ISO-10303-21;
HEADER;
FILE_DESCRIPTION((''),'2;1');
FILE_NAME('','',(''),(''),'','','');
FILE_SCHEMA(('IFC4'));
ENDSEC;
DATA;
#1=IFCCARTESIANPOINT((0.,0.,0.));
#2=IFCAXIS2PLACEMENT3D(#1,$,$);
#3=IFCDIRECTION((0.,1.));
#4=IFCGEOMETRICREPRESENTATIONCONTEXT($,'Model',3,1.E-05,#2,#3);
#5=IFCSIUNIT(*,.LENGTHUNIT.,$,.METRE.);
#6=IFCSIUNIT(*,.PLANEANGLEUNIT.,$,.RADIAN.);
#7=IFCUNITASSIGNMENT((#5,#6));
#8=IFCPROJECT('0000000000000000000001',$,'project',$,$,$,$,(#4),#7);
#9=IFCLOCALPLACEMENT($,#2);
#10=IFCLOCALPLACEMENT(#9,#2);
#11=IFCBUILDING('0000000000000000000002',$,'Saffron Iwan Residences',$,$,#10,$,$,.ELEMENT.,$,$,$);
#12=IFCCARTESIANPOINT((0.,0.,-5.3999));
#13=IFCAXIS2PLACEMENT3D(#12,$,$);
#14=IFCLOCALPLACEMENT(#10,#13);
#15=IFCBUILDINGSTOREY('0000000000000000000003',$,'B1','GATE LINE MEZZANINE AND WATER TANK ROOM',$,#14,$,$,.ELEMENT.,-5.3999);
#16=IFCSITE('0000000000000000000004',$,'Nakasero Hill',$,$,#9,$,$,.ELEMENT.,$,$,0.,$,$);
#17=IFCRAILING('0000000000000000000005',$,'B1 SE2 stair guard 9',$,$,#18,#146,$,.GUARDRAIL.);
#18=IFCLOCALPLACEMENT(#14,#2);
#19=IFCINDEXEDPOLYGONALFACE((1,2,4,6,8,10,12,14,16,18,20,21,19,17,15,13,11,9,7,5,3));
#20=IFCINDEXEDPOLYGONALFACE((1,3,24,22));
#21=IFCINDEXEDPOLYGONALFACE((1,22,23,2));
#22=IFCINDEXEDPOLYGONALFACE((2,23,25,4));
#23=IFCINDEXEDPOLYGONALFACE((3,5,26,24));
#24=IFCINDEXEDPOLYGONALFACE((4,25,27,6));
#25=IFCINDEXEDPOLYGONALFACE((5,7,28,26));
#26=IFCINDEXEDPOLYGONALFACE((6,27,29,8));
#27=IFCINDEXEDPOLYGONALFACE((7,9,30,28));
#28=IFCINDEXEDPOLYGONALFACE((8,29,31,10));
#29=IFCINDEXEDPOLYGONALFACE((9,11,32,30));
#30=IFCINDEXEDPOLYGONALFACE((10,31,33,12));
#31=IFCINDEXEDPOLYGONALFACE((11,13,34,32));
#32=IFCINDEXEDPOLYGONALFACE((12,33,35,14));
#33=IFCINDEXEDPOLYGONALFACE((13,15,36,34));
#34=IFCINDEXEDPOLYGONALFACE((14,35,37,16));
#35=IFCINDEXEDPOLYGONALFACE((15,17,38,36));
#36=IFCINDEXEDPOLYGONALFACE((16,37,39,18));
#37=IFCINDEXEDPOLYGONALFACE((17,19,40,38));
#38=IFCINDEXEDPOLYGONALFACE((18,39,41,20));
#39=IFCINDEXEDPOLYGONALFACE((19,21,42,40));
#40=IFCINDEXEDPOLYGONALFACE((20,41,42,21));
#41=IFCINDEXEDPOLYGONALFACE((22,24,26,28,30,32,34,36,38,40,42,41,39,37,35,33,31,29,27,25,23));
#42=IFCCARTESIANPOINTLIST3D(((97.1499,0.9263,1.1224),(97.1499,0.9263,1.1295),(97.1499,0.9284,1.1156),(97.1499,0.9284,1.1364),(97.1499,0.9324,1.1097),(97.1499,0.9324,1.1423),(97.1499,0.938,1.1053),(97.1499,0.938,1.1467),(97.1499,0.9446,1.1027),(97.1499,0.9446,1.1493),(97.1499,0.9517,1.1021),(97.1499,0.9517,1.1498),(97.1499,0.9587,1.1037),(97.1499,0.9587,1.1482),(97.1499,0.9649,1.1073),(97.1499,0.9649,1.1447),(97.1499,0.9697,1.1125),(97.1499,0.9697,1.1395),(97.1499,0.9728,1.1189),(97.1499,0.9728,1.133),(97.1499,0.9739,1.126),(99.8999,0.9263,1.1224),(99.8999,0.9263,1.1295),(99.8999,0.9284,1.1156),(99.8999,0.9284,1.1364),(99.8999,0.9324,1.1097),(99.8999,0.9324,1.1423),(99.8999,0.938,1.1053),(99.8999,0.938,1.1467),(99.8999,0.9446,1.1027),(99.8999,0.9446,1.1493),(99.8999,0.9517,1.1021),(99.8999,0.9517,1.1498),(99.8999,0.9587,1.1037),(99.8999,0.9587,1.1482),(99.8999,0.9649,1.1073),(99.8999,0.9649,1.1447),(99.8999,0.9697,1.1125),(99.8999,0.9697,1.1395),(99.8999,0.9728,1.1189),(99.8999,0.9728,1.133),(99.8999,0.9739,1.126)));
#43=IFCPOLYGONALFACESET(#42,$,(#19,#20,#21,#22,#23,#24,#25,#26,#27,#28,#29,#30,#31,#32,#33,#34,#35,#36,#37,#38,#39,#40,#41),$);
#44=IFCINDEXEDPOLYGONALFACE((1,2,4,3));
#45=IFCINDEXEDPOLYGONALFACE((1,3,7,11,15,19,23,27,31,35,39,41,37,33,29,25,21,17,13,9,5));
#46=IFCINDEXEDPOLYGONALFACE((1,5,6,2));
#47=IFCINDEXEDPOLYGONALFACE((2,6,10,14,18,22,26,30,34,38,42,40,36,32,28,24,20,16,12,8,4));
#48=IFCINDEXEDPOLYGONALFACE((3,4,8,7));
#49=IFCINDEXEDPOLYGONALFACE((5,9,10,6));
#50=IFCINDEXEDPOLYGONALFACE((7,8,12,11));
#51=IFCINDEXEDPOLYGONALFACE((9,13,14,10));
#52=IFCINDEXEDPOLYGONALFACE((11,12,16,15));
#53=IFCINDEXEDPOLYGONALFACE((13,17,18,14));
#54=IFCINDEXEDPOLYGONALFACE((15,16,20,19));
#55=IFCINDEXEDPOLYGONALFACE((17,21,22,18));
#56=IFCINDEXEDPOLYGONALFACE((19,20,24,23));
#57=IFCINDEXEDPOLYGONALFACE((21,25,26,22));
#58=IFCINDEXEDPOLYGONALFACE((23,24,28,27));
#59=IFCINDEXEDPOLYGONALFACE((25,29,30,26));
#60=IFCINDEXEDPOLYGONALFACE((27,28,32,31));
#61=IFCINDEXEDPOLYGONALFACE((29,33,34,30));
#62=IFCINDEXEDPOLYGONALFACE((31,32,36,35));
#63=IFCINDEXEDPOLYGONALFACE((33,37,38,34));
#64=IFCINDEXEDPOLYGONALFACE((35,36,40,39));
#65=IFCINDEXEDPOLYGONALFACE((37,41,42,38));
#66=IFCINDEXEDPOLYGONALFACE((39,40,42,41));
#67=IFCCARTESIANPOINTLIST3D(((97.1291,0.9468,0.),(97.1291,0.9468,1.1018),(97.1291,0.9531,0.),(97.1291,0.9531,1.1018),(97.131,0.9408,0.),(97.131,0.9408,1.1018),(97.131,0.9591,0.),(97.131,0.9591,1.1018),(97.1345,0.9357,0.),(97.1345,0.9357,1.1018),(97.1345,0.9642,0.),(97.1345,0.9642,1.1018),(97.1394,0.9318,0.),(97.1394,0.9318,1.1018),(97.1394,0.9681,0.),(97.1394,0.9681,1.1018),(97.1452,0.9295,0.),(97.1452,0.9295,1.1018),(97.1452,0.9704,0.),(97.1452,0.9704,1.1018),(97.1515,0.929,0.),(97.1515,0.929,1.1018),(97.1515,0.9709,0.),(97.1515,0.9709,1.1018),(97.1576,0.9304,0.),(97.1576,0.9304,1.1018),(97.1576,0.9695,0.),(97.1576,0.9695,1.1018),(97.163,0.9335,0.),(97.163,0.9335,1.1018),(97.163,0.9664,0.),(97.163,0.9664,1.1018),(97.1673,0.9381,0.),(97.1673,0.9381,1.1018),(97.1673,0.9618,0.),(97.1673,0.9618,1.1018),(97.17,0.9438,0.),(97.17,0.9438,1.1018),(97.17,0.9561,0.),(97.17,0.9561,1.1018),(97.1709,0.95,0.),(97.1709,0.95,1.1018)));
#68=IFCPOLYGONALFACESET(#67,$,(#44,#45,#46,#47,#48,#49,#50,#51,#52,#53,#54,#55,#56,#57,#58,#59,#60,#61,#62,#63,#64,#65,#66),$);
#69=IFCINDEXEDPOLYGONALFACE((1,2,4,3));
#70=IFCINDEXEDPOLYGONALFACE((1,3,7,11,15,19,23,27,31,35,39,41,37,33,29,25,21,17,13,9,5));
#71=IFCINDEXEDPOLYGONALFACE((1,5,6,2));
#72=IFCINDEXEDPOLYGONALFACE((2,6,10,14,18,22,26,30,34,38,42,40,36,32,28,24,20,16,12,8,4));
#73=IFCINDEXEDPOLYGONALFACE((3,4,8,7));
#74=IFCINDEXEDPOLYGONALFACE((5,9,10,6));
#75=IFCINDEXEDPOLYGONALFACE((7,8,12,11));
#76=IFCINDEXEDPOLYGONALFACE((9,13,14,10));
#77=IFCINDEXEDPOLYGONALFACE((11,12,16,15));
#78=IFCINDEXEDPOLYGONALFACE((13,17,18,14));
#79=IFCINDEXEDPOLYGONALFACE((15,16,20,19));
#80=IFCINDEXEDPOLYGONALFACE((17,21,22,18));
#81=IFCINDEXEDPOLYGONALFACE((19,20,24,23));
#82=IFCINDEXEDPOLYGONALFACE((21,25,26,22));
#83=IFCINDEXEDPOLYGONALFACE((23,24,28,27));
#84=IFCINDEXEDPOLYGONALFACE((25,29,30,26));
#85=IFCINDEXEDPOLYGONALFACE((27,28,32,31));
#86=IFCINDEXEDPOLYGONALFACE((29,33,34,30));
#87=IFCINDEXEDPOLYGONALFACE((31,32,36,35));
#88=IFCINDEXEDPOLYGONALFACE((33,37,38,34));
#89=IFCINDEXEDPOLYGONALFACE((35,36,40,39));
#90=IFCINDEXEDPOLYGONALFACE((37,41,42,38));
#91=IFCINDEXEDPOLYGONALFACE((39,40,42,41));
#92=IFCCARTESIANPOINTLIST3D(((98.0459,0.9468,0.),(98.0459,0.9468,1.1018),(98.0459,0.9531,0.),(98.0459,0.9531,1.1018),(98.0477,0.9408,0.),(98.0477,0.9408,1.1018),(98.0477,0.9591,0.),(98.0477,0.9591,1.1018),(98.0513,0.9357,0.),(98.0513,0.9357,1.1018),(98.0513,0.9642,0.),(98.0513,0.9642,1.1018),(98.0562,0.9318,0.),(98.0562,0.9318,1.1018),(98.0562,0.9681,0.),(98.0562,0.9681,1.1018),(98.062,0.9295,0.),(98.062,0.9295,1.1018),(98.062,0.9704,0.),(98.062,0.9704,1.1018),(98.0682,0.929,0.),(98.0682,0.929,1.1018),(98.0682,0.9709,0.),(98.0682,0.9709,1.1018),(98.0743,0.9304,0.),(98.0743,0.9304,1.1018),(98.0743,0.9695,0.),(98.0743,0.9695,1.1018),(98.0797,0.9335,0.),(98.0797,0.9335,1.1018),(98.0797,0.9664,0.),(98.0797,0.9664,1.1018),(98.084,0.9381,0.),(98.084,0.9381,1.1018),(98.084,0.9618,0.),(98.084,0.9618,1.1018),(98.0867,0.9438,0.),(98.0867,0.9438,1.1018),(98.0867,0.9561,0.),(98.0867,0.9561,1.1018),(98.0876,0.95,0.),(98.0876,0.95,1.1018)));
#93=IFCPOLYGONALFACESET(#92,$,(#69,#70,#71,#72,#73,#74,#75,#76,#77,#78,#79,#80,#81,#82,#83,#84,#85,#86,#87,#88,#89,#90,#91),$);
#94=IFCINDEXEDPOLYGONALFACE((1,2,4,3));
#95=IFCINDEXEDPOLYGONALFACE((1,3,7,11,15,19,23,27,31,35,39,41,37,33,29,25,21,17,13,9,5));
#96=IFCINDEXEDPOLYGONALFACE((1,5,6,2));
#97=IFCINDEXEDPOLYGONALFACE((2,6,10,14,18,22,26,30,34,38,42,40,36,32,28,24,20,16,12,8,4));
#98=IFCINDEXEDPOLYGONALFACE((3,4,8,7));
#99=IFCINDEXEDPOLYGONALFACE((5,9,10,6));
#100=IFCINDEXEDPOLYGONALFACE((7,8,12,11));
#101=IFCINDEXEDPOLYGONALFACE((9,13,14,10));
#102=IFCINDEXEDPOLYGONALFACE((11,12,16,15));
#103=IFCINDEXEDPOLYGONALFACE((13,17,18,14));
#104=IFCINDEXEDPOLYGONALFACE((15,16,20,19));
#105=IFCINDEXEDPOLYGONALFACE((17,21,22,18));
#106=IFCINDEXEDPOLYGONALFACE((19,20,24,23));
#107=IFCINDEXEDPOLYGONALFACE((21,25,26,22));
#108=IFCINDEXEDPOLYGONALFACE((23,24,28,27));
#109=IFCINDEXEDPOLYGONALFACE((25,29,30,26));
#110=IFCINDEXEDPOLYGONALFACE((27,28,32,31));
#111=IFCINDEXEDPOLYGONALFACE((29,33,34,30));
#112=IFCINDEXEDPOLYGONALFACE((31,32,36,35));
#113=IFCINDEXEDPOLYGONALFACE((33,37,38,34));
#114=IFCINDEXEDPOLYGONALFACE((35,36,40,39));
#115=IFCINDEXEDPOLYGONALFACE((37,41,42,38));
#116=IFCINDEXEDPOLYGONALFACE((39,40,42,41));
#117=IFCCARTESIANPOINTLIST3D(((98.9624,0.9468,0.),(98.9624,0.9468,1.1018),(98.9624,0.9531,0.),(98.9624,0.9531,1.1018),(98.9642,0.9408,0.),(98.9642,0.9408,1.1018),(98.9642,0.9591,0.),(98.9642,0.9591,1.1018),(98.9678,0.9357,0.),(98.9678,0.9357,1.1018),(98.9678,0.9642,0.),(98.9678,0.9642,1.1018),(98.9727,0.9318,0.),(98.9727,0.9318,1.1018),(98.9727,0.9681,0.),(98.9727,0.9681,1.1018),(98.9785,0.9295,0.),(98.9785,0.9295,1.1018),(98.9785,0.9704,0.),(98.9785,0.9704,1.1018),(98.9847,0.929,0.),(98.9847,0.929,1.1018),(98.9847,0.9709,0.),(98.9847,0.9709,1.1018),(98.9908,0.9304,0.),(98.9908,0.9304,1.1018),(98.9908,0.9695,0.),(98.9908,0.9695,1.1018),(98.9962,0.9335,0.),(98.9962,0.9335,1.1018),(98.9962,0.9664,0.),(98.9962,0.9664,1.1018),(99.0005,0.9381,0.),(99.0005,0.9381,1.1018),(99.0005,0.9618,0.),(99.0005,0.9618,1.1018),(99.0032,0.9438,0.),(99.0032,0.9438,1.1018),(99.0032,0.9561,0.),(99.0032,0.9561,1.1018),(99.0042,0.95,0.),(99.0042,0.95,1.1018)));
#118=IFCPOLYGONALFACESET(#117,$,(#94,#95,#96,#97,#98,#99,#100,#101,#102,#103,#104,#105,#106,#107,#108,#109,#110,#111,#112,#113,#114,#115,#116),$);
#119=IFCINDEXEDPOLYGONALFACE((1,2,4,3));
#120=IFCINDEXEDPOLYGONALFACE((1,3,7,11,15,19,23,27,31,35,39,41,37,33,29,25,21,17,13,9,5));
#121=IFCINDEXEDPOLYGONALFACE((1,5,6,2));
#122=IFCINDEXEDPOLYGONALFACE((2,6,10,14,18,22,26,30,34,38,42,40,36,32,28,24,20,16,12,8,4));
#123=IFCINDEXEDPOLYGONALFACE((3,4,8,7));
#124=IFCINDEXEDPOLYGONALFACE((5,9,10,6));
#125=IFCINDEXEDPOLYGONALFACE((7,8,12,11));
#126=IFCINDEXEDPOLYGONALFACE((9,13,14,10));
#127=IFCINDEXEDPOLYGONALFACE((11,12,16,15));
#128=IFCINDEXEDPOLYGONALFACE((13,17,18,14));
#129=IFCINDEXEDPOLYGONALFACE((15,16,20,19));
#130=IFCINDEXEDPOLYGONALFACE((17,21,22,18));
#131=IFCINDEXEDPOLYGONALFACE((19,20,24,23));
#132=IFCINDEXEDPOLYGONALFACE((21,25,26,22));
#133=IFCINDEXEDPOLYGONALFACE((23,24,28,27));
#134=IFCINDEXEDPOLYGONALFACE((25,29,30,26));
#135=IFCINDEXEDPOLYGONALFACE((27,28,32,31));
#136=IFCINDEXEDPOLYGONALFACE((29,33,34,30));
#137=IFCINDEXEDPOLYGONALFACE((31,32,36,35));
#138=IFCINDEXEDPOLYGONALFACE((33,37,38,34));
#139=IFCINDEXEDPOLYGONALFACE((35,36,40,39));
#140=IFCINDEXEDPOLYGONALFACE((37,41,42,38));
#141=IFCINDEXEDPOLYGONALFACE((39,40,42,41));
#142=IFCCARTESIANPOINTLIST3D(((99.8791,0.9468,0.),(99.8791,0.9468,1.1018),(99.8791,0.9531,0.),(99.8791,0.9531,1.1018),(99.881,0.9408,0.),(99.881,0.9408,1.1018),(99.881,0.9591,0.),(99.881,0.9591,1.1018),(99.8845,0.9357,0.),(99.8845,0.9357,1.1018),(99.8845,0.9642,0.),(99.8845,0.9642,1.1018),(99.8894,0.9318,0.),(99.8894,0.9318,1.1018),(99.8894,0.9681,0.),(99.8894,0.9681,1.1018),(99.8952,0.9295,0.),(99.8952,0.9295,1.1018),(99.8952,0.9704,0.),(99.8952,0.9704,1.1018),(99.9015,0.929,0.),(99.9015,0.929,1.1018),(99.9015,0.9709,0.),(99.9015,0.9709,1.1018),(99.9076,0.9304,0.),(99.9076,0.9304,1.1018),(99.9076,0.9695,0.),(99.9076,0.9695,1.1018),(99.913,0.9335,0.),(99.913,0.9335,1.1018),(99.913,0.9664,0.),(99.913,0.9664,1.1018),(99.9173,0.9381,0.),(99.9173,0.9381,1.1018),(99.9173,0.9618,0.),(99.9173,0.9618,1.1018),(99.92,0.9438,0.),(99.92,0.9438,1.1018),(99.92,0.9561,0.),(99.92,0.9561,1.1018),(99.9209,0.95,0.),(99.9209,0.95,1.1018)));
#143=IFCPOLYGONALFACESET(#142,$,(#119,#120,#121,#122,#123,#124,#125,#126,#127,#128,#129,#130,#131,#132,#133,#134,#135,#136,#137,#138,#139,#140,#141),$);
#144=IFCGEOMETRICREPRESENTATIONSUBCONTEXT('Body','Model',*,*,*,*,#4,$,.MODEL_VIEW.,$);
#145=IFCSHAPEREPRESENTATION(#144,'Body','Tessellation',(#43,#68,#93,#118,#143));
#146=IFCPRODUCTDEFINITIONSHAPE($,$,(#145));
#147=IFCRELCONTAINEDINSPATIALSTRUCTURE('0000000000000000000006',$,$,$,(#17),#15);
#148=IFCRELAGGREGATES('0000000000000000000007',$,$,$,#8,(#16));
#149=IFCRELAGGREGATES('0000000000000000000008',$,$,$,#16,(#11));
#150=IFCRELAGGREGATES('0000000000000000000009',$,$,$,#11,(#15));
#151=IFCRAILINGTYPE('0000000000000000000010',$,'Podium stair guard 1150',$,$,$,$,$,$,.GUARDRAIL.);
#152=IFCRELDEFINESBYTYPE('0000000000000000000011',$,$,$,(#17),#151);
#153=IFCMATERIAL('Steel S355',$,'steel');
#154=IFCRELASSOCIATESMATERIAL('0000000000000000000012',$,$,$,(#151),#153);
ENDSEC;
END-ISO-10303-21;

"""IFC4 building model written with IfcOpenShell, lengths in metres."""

from ifc_helpers import new_model, si_unit, direction, frame, origin, origin_2d, place, context, subcontext, project, spatial, circle, extrude, material, type_object, element, save


model = new_model("IFC4")

# Units and contexts
model_context = context("Model", 3, precision=1e-05, world=origin(), true_north=direction((0.0, 1.0)))
body_context = subcontext(model_context, "Body", "Model", "MODEL_VIEW")
ifc_project = project(units=[si_unit("LENGTHUNIT", "METRE"), si_unit("PLANEANGLEUNIT", "RADIAN")], contexts=[model_context])

# Site, building, storey
site_placement = place(None, origin())
site = spatial("IfcSite", under=ifc_project, at=site_placement, Name="Nakasero Hill", CompositionType="ELEMENT", RefElevation=0.0)
building_placement = place(site_placement, origin())
building = spatial("IfcBuilding", under=site, at=building_placement, Name="Saffron Iwan Residences", CompositionType="ELEMENT")
storey_placement = place(building_placement, frame((0.0, 0.0, -5.3999)))
storey = spatial("IfcBuildingStorey", under=building, at=storey_placement, Name="B1", Description="GATE LINE MEZZANINE AND WATER TANK ROOM", CompositionType="ELEMENT", Elevation=-5.3999)

# Railing
ifc_material_1 = material(Name="Steel S355", Category="steel")
railing_type_1 = type_object("IfcRailingType", Name="Podium stair guard 1150", PredefinedType="GUARDRAIL", material=ifc_material_1)
railing_1_placement = place(storey_placement, frame((97.1499, 0.95, 0.0)))
element("IfcRailing", 1, at=railing_1_placement, inside=storey, type_object=railing_type_1, Name="B1 SE2 stair guard 9", PredefinedType="GUARDRAIL", context=body_context, shape_type="SweptSolid", body=[
    extrude(circle(Radius=0.0239, at=origin_2d()), frame((0.0, 0.0, 1.126), z_axis=(1.0, 0.0, 0.0), x_axis=(0.0, 1.0, 0.0)), (0.0, 0.0, 1.0), 2.75),
    extrude(circle(Radius=0.021, at=origin_2d()), origin(), (0.0, 0.0, 1.0), 1.1018),
    extrude(circle(Radius=0.021, at=origin_2d()), frame((0.9167, 0.0, 0.0)), (0.0, 0.0, 1.0), 1.1018),
    extrude(circle(Radius=0.021, at=origin_2d()), frame((1.8333, 0.0, 0.0)), (0.0, 0.0, 1.0), 1.1018),
    extrude(circle(Radius=0.021, at=origin_2d()), frame((2.75, 0.0, 0.0)), (0.0, 0.0, 1.0), 1.1018),
])

save(model, "model.ifc")
